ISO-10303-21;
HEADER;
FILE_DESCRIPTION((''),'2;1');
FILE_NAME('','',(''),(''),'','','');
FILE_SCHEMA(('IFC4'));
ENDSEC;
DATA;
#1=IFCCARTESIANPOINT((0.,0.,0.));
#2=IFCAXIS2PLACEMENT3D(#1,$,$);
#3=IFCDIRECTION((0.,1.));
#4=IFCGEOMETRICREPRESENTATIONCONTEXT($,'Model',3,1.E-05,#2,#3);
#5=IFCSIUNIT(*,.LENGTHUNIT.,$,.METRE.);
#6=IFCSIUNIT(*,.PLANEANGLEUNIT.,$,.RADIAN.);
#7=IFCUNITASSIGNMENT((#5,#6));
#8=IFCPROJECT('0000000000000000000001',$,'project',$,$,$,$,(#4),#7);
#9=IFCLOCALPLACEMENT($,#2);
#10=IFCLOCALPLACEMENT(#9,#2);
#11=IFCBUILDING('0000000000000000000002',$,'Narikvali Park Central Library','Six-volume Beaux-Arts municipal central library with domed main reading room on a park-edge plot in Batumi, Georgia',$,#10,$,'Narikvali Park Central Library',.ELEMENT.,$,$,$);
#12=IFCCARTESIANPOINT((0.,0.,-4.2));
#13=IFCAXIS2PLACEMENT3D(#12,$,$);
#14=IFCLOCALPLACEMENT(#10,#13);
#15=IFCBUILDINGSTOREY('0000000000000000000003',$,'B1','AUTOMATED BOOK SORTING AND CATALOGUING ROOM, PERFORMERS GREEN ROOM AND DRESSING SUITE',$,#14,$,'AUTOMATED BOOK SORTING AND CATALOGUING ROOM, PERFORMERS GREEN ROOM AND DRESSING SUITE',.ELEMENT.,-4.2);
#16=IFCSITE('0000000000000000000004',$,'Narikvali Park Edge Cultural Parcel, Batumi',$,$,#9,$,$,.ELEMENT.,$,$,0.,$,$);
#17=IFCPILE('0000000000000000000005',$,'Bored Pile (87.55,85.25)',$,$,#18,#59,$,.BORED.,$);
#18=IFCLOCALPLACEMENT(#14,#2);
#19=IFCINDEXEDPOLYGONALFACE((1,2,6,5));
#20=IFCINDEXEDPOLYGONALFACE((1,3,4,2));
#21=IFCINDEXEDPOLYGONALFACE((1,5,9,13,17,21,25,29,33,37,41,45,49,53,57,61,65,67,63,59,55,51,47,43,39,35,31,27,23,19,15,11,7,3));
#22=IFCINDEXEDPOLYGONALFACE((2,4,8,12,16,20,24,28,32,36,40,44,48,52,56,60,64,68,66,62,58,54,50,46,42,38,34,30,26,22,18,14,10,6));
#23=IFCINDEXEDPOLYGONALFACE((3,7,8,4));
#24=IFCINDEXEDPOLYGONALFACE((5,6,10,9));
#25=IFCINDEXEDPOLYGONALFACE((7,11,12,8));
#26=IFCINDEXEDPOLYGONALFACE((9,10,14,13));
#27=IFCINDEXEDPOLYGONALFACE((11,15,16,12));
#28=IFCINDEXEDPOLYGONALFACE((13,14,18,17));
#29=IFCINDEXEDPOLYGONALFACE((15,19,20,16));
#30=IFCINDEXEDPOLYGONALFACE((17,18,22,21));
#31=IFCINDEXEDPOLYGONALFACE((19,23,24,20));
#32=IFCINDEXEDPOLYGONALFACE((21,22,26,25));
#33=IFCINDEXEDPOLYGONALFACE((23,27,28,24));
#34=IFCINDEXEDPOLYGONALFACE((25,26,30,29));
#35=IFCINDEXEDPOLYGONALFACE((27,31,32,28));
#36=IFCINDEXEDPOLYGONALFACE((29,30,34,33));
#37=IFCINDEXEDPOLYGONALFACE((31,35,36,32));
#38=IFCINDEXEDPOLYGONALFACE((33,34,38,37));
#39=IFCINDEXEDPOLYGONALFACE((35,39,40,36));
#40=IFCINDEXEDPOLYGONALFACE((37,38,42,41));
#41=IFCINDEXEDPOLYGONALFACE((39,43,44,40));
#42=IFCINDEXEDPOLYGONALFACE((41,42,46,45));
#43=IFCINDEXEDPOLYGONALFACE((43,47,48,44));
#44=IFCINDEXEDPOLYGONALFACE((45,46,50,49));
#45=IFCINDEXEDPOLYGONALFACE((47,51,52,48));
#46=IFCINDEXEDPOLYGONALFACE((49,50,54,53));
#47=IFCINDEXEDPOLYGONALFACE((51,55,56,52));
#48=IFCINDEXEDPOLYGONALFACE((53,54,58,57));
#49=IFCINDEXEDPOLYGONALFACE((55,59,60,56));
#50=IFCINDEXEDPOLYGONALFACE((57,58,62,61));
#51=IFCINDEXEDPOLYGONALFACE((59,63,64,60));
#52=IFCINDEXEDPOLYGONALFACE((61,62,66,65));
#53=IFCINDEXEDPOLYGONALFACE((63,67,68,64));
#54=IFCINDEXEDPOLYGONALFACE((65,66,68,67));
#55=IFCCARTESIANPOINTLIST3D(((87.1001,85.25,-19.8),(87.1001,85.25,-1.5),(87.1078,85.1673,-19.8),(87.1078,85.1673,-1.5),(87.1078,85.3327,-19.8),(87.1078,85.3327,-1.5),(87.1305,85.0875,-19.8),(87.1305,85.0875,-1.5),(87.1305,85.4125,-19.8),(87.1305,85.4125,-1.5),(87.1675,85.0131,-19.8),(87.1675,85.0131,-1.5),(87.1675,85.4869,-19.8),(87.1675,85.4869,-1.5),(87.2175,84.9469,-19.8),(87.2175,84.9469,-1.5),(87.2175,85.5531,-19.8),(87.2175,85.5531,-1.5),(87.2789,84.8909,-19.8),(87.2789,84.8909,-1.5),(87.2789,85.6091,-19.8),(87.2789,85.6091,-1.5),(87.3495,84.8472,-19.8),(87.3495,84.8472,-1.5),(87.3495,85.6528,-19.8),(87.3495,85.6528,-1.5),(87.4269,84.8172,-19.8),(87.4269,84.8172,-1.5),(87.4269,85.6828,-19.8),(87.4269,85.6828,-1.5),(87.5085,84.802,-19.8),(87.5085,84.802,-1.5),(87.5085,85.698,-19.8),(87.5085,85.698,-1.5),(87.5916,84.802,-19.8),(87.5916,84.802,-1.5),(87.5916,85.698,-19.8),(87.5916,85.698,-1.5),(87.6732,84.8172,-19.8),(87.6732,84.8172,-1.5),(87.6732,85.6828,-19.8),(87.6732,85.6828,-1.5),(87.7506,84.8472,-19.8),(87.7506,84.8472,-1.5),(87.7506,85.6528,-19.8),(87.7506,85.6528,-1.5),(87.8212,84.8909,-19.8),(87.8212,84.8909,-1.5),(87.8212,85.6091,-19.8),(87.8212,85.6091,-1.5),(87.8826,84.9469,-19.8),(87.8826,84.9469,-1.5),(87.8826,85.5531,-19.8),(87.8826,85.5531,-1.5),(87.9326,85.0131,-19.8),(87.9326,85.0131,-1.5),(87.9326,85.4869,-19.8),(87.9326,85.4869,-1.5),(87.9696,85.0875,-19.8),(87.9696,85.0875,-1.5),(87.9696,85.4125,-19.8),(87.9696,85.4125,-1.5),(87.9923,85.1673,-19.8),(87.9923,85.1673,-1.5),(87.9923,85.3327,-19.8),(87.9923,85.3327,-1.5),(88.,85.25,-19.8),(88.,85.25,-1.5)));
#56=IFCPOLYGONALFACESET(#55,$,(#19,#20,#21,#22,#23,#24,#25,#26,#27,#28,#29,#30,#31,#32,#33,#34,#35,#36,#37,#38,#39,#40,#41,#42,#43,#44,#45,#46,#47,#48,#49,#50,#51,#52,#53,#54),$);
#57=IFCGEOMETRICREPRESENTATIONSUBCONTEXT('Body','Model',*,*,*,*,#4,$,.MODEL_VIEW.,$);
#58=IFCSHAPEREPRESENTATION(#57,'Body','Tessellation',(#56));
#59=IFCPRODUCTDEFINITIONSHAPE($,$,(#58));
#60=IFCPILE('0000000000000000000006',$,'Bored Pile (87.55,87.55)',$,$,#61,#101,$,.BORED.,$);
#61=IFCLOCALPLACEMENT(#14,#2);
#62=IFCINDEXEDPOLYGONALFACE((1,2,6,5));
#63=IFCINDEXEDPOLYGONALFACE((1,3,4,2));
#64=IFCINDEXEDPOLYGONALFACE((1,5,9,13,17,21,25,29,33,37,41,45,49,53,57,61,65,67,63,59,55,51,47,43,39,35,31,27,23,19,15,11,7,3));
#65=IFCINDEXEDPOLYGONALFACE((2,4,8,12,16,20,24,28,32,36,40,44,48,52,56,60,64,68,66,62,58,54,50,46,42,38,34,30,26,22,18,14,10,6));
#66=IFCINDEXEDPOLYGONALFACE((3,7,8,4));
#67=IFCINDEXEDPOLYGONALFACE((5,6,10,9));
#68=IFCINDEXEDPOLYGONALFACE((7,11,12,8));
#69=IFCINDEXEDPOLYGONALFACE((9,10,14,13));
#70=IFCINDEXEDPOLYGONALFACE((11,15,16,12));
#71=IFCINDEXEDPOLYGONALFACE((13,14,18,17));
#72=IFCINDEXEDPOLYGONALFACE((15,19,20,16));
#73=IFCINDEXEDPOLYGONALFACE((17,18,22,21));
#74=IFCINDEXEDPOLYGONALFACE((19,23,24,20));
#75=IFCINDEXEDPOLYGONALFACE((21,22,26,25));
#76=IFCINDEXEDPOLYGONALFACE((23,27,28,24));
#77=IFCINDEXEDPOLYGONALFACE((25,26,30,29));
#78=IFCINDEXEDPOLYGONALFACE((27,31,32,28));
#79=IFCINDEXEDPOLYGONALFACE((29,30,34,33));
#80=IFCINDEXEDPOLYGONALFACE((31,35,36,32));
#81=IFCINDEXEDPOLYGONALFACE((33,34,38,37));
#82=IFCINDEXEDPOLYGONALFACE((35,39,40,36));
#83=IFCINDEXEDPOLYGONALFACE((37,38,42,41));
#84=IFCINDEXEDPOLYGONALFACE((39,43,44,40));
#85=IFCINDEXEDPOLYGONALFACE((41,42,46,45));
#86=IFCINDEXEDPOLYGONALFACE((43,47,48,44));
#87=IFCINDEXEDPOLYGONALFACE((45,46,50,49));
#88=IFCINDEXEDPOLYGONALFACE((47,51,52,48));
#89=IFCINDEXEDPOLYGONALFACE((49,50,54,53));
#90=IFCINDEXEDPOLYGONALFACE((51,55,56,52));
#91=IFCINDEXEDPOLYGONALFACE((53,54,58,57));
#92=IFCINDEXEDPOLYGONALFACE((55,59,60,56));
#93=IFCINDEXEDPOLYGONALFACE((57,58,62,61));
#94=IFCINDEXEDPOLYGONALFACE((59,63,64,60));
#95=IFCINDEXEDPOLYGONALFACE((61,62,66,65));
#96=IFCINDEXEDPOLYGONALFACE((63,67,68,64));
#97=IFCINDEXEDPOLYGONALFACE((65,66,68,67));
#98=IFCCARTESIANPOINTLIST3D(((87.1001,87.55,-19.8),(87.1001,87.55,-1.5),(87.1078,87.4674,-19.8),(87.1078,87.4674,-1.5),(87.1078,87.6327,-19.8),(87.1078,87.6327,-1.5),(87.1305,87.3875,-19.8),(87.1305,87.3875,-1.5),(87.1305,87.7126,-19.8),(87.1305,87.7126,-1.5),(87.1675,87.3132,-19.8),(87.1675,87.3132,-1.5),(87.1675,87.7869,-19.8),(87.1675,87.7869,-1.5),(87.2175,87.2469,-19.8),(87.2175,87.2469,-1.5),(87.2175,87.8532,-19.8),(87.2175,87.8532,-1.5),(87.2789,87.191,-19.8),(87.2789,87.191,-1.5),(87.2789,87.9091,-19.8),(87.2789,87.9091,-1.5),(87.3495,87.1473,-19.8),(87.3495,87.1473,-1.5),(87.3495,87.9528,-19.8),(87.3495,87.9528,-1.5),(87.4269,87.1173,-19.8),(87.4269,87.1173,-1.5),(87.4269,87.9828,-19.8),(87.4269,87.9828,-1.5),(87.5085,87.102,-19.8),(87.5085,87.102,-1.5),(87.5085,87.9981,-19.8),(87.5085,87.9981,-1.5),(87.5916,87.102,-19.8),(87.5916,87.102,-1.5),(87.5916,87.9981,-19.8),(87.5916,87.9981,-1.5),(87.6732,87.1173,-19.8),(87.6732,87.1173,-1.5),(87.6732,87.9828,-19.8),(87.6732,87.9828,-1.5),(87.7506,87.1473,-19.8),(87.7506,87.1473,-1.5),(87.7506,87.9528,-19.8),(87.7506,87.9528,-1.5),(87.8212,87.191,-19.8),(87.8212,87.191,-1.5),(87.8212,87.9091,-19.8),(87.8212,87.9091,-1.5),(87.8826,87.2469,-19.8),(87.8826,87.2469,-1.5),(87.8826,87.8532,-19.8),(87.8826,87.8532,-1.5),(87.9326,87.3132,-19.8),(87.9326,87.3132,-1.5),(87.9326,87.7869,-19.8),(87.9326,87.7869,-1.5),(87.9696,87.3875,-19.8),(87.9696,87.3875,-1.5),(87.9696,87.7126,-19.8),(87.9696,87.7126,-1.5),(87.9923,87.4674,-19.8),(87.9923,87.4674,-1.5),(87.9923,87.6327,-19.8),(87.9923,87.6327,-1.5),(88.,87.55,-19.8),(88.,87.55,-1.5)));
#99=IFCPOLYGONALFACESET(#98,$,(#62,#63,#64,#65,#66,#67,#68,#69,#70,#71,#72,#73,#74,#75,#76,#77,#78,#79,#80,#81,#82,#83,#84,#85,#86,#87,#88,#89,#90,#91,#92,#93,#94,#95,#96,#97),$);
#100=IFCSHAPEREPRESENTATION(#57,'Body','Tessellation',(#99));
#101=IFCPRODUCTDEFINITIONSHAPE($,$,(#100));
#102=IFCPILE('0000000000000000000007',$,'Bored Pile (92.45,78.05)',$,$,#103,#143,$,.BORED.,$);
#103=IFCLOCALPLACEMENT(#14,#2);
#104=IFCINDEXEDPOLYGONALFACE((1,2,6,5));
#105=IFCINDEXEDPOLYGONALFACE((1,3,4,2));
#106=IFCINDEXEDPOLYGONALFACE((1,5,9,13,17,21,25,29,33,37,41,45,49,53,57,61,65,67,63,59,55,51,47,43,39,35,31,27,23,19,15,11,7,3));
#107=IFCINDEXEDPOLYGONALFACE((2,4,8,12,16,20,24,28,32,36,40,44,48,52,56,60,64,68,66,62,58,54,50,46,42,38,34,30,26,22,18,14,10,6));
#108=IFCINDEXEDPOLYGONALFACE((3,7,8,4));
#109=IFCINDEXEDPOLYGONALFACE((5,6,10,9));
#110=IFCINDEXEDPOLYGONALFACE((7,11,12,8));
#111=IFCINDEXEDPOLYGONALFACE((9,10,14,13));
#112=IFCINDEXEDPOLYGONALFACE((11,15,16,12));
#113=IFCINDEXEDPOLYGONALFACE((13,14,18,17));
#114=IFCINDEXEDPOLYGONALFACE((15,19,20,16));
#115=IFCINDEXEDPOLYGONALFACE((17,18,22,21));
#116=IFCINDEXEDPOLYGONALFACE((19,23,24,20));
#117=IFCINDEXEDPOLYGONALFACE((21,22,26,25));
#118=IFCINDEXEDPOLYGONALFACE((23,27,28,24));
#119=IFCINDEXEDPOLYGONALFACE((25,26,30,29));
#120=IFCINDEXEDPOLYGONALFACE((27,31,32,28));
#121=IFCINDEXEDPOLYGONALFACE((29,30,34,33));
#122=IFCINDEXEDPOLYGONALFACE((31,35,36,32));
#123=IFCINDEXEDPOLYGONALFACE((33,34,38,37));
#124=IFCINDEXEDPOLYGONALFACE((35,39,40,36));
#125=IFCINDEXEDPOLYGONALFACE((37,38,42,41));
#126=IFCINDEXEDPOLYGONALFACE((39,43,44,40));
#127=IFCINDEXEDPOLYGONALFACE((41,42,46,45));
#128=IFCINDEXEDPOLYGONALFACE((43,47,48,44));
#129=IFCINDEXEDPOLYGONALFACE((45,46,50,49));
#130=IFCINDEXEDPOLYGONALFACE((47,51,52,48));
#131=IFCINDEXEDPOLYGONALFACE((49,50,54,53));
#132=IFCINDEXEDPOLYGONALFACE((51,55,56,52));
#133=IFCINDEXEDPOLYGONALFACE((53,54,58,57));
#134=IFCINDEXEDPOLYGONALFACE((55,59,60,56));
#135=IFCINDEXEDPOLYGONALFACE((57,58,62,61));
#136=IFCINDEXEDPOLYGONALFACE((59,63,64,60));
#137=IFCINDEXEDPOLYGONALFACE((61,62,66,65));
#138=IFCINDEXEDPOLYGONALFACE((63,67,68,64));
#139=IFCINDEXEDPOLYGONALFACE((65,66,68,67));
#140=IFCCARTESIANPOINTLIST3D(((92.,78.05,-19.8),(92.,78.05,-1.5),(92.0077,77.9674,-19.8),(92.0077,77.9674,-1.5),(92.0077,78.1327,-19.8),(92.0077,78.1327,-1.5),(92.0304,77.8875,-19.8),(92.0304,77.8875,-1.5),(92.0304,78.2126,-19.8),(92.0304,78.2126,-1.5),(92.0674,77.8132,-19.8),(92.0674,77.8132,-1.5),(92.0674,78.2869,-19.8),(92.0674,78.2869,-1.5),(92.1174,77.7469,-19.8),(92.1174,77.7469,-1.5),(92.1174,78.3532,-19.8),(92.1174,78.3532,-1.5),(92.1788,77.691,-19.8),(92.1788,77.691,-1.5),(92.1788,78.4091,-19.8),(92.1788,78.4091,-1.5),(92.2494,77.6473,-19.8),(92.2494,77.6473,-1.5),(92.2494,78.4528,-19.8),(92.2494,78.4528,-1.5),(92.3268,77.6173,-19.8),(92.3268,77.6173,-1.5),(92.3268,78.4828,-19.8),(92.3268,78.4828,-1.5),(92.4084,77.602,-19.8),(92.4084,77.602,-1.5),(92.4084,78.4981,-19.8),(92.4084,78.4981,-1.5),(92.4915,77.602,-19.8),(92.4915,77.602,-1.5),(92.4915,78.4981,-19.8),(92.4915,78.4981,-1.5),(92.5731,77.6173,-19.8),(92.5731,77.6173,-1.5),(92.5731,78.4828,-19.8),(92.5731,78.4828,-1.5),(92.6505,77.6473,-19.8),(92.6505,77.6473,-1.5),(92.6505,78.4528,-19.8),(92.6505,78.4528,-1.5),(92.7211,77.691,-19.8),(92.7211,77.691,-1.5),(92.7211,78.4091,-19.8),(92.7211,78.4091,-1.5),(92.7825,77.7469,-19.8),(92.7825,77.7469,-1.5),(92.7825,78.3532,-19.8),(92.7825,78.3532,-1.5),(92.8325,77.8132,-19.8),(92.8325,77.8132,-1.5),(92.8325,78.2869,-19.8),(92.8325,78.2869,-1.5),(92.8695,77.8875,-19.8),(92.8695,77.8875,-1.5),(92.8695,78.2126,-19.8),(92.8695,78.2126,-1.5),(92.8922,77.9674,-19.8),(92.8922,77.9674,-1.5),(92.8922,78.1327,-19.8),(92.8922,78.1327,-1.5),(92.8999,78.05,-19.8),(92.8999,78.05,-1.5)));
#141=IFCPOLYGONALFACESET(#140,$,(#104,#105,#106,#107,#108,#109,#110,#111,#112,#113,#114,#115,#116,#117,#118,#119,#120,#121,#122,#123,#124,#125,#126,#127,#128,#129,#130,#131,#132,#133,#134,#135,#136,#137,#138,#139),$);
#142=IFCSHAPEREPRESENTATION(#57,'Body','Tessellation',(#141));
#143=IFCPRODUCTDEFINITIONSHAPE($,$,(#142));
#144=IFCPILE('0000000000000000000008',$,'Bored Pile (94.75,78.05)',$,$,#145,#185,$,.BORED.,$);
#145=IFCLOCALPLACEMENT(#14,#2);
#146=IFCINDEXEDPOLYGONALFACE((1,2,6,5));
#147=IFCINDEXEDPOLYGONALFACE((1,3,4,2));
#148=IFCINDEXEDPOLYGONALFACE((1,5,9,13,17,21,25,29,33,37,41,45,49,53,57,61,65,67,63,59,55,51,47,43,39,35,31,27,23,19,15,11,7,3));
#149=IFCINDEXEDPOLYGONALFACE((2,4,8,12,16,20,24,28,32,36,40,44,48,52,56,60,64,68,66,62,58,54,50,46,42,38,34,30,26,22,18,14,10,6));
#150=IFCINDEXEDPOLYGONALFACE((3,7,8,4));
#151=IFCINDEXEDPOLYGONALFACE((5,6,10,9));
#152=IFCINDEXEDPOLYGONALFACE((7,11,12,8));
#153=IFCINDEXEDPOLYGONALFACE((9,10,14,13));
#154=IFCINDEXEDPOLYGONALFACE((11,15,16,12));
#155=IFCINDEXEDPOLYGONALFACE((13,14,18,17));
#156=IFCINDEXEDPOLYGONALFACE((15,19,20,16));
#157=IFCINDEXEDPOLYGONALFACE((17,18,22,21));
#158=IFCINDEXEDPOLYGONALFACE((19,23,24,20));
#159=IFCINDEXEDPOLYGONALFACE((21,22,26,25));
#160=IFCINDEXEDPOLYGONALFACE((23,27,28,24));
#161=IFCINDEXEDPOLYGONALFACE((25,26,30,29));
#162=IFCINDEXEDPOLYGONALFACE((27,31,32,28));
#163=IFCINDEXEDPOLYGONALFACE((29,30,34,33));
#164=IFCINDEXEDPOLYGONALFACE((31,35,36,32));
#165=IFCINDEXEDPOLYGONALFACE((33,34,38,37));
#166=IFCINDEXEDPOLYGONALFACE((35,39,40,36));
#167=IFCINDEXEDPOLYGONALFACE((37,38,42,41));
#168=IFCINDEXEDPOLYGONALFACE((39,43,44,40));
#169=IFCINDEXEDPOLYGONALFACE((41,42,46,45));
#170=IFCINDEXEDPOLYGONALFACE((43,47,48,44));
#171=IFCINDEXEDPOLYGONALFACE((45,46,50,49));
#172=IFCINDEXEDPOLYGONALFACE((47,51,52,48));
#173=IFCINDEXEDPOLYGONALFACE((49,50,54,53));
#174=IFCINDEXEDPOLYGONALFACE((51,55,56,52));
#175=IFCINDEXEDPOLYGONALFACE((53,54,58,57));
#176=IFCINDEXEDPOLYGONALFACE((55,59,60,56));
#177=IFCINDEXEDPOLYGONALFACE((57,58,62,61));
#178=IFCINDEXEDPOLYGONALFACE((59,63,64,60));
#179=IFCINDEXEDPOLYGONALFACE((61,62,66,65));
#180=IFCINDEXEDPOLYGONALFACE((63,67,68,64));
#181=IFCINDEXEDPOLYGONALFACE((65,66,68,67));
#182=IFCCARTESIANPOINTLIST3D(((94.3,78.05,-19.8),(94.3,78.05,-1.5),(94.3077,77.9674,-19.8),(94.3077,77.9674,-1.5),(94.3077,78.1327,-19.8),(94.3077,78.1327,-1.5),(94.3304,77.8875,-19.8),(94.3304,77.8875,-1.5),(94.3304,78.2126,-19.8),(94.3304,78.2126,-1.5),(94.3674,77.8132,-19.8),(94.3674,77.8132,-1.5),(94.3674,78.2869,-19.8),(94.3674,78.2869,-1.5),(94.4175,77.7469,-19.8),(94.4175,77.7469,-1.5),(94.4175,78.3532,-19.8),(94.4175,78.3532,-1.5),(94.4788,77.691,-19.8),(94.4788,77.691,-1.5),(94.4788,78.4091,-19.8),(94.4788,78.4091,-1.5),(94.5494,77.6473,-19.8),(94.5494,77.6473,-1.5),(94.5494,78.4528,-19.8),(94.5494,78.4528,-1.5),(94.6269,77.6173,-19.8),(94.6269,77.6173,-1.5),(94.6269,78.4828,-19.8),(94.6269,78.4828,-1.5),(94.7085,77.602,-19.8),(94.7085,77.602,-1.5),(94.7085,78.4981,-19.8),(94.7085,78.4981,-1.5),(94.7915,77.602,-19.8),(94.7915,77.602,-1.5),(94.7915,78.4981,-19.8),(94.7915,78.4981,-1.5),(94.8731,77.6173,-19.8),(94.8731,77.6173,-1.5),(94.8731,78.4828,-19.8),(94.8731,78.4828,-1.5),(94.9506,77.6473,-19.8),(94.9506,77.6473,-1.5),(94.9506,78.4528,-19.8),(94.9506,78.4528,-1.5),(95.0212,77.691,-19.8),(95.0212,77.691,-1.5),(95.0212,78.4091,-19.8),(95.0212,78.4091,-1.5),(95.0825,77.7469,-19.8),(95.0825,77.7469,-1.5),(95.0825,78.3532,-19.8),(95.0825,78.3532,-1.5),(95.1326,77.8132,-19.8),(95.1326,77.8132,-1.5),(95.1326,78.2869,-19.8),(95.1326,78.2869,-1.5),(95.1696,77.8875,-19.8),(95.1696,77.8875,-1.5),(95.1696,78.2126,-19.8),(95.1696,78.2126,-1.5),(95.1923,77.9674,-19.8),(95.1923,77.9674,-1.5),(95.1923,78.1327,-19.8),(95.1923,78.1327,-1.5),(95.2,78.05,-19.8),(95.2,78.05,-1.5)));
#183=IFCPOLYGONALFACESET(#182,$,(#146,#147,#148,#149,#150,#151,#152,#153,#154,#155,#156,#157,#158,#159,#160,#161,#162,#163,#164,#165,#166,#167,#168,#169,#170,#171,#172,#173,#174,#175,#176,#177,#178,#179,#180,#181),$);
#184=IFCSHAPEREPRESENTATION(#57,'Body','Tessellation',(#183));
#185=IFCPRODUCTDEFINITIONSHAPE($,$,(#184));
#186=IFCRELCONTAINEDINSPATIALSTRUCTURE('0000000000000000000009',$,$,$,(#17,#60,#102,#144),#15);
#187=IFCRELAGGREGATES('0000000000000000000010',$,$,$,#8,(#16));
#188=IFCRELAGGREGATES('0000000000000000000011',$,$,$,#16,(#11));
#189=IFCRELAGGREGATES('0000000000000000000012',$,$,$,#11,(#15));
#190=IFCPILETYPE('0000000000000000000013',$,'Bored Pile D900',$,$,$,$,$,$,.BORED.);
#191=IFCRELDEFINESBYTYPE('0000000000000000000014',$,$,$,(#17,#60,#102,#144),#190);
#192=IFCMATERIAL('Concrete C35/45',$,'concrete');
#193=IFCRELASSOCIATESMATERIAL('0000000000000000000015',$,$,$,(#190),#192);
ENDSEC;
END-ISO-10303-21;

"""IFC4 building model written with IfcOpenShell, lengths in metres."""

from ifc_helpers import new_model, si_unit, direction, frame, origin, origin_2d, place, context, subcontext, project, spatial, circle, extrude, material, material_profile, profile_set, type_object, element, save


model = new_model("IFC4")

# Units and contexts
model_context = context("Model", 3, precision=1e-05, world=origin(), true_north=direction((0.0, 1.0)))
body_context = subcontext(model_context, "Body", "Model", "MODEL_VIEW")
ifc_project = project(units=[si_unit("LENGTHUNIT", "METRE"), si_unit("PLANEANGLEUNIT", "RADIAN")], contexts=[model_context])

# Site, building, storey
site_placement = place(None, origin())
site = spatial("IfcSite", under=ifc_project, at=site_placement, Name="Narikvali Park Edge Cultural Parcel, Batumi", CompositionType="ELEMENT", RefElevation=0.0)
building_placement = place(site_placement, origin())
building = spatial("IfcBuilding", under=site, at=building_placement, Name="Narikvali Park Central Library", Description="Six-volume Beaux-Arts municipal central library with domed main reading room on a park-edge plot in Batumi, Georgia", LongName="Narikvali Park Central Library", CompositionType="ELEMENT")
storey_placement = place(building_placement, frame((0.0, 0.0, -4.2)))
storey = spatial("IfcBuildingStorey", under=building, at=storey_placement, Name="B1", Description="AUTOMATED BOOK SORTING AND CATALOGUING ROOM, PERFORMERS GREEN ROOM AND DRESSING SUITE", LongName="AUTOMATED BOOK SORTING AND CATALOGUING ROOM, PERFORMERS GREEN ROOM AND DRESSING SUITE", CompositionType="ELEMENT", Elevation=-4.2)

# Piles
ifc_material_1 = material(Name="Concrete C35/45", Category="concrete")
ifc_material_profile_1 = material_profile(ifc_material_1, circle(Radius=0.45, at=origin_2d()), Name="PILE D900")
ifc_profile_set_1 = profile_set([ifc_material_profile_1], Name="Concrete C35/45")
pile_type = type_object("IfcPileType", Name="Bored Pile D900", PredefinedType="BORED", material=ifc_profile_set_1)
for number, where, z_axis, x_axis, name in (
    (1, (87.55, 85.25, -1.5), (0.0, 0.0, -1.0), (1.0, 0.0, 0.0), "Bored Pile (87.55,85.25)"),
    (2, (87.55, 87.55, -1.5), (0.0, 0.0, -1.0), (1.0, 0.0, 0.0), "Bored Pile (87.55,87.55)"),
    (3, (92.45, 78.05, -1.5), (0.0, 0.0, -1.0), (1.0, 0.0, 0.0), "Bored Pile (92.45,78.05)"),
    (4, (94.75, 78.05, -1.5), (0.0, 0.0, -1.0), (1.0, 0.0, 0.0), "Bored Pile (94.75,78.05)"),
):
    element("IfcPile", number, at=place(storey_placement, frame(where, z_axis=z_axis, x_axis=x_axis)), inside=storey, type_object=pile_type, Name=name, PredefinedType="BORED", context=body_context, shape_type="SweptSolid", body=[
        extrude(circle(Radius=0.45, at=origin_2d()), origin(), (0.0, 0.0, 1.0), 18.3),
    ])

save(model, "model.ifc")
